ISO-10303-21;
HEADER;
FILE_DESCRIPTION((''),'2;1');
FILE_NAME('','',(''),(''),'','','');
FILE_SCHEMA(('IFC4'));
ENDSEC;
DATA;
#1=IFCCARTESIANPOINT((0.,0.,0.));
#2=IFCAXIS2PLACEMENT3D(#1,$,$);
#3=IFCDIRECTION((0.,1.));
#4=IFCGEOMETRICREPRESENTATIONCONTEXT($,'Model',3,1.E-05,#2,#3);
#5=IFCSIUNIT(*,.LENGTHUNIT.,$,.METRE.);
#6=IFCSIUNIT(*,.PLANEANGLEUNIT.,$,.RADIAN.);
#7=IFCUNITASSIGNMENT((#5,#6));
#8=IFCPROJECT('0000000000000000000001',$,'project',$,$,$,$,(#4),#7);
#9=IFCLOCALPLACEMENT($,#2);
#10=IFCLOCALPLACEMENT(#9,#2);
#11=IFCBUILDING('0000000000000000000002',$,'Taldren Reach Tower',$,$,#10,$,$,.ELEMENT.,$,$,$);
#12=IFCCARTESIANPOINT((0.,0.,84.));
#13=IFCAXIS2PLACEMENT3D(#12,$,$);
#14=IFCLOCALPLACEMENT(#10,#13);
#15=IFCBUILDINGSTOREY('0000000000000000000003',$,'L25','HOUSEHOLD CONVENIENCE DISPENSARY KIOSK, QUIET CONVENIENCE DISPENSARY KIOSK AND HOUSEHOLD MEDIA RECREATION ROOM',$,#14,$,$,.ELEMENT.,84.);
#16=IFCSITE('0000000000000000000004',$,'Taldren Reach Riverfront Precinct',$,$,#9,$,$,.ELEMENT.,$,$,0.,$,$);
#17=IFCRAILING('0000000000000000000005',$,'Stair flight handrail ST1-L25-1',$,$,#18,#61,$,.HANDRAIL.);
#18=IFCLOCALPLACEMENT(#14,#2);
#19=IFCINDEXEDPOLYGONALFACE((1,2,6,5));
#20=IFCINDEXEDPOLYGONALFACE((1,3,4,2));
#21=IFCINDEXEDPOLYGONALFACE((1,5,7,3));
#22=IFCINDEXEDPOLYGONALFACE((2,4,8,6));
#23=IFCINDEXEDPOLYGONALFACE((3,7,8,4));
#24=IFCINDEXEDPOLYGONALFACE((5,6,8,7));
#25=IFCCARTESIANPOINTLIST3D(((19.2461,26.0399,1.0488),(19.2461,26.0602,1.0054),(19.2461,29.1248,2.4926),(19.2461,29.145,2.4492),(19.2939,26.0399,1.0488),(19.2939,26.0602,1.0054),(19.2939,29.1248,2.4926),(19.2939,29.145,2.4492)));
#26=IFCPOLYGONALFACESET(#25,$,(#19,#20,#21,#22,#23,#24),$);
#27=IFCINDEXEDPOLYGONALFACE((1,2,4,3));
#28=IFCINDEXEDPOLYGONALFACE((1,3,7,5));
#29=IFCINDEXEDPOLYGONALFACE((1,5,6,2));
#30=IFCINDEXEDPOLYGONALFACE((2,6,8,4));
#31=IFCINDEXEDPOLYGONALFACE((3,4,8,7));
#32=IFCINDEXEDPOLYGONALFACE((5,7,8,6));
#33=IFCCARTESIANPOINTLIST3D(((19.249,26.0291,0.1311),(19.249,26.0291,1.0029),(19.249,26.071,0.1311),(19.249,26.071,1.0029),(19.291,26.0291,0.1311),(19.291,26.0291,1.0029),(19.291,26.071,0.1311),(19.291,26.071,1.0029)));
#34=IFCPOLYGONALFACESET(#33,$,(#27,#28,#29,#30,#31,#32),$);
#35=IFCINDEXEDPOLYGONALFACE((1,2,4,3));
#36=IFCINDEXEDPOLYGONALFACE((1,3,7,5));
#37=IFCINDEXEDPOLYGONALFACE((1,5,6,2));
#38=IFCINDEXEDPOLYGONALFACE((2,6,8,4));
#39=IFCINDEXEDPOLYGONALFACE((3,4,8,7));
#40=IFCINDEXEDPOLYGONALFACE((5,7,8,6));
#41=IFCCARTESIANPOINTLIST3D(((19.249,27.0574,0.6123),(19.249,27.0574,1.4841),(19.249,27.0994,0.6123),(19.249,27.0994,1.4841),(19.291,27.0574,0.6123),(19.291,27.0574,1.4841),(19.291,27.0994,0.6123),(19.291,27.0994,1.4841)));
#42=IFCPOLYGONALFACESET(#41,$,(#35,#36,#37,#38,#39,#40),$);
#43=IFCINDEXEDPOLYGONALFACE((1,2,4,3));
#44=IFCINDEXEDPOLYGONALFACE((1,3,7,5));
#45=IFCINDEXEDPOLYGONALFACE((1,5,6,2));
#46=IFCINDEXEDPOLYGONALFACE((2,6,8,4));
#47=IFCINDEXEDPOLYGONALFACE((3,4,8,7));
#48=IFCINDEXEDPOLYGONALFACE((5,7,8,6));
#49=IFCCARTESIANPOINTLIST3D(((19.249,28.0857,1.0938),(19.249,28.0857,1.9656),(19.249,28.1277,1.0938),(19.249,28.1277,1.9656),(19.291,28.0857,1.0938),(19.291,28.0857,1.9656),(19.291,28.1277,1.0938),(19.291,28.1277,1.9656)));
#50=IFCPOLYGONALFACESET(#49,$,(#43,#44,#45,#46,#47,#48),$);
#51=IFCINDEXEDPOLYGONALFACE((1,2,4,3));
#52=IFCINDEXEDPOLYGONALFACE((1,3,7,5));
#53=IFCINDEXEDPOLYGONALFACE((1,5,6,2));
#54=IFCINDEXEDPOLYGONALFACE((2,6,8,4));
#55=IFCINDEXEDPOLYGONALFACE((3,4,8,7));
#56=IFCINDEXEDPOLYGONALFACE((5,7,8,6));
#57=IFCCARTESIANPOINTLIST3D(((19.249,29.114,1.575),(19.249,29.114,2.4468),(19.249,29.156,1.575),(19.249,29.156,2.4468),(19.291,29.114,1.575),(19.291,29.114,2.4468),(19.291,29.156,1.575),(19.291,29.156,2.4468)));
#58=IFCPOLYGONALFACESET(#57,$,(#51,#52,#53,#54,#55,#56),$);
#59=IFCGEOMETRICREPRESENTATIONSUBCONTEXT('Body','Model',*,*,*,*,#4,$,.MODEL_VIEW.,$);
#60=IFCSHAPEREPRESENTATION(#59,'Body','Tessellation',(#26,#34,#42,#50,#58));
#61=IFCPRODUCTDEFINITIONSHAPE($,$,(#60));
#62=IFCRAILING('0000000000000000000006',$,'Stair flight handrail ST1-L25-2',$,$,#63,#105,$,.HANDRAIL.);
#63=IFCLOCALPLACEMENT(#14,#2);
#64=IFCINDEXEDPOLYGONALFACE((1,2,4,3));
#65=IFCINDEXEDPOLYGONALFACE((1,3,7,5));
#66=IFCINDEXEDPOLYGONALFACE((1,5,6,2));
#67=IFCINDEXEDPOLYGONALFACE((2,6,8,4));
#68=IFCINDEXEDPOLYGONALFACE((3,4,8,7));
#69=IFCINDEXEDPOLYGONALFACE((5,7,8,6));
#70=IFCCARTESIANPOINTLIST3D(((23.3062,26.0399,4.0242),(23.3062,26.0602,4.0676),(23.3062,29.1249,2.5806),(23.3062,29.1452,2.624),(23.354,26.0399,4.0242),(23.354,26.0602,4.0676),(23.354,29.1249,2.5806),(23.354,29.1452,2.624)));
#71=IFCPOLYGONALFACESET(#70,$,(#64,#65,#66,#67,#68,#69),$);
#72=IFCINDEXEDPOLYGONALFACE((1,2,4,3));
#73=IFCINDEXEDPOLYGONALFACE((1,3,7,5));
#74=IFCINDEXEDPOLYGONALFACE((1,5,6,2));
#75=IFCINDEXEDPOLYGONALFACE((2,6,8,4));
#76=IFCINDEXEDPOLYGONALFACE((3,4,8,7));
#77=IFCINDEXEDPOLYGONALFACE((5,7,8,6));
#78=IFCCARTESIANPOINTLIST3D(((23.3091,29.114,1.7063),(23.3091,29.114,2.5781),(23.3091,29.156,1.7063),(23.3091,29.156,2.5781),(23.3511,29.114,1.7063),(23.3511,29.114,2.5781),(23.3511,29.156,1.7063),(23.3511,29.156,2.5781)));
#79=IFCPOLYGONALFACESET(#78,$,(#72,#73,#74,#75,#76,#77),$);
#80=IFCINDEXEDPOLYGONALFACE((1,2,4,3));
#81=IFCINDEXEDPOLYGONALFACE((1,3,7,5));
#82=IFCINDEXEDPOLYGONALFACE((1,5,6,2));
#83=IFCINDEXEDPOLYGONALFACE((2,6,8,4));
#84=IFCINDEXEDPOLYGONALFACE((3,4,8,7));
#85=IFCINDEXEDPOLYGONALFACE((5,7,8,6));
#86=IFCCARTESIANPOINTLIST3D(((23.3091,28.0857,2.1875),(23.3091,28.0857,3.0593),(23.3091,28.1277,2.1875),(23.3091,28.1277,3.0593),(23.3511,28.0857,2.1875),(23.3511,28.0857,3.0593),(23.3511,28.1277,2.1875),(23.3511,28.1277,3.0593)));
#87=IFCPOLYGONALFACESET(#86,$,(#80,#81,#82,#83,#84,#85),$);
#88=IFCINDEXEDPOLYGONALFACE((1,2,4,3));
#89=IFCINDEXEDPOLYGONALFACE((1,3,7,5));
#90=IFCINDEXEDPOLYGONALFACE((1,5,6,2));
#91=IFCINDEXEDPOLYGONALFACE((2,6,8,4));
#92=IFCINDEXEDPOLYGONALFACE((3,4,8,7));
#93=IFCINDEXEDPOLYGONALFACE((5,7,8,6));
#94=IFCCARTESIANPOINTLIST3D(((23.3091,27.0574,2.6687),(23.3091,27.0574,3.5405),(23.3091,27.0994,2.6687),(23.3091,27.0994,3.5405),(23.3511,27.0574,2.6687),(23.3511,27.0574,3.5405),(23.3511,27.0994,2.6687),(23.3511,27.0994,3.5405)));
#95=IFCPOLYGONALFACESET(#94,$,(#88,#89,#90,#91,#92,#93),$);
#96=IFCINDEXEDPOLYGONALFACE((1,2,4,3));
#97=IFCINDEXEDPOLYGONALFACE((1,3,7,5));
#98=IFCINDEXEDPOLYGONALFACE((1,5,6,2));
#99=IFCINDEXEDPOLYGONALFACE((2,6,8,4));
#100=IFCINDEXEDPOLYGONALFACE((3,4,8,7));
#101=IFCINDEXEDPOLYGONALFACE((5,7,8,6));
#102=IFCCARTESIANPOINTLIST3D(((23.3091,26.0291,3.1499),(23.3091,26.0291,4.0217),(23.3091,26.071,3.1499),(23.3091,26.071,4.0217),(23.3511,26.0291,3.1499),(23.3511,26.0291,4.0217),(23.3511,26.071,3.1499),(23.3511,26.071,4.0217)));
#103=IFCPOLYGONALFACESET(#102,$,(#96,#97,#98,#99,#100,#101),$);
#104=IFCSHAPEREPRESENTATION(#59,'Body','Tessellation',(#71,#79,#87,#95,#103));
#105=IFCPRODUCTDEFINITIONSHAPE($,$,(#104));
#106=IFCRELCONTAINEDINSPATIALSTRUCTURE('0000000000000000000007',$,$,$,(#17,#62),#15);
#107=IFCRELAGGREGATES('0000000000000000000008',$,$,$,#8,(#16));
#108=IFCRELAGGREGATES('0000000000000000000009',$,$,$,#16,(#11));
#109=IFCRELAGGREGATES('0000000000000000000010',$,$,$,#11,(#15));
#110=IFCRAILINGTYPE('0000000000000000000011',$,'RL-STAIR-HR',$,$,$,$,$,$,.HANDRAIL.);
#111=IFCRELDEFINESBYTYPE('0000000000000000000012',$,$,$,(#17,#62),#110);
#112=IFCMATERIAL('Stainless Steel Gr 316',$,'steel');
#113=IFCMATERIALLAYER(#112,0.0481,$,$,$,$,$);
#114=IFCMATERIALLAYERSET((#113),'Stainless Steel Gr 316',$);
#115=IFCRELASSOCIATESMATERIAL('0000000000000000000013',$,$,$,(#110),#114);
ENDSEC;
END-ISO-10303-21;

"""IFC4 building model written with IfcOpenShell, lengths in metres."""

from ifc_helpers import new_model, si_unit, direction, frame, origin, origin_2d, place, context, subcontext, project, spatial, rectangle, extrude, material, layer, layer_set, type_object, element, save


model = new_model("IFC4")

# Units and contexts
model_context = context("Model", 3, precision=1e-05, world=origin(), true_north=direction((0.0, 1.0)))
body_context = subcontext(model_context, "Body", "Model", "MODEL_VIEW")
ifc_project = project(units=[si_unit("LENGTHUNIT", "METRE"), si_unit("PLANEANGLEUNIT", "RADIAN")], contexts=[model_context])

# Site, building, storey
site_placement = place(None, origin())
site = spatial("IfcSite", under=ifc_project, at=site_placement, Name="Taldren Reach Riverfront Precinct", CompositionType="ELEMENT", RefElevation=0.0)
building_placement = place(site_placement, origin())
building = spatial("IfcBuilding", under=site, at=building_placement, Name="Taldren Reach Tower", CompositionType="ELEMENT")
storey_placement = place(building_placement, frame((0.0, 0.0, 84.0)))
storey = spatial("IfcBuildingStorey", under=building, at=storey_placement, Name="L25", Description="HOUSEHOLD CONVENIENCE DISPENSARY KIOSK, QUIET CONVENIENCE DISPENSARY KIOSK AND HOUSEHOLD MEDIA RECREATION ROOM", CompositionType="ELEMENT", Elevation=84.0)

# Railings
ifc_material_1 = material(Name="Stainless Steel Gr 316", Category="steel")
ifc_layer_1 = layer(ifc_material_1, 0.0481)
ifc_layer_set_1 = layer_set([ifc_layer_1], Name="Stainless Steel Gr 316")
railing_type_1 = type_object("IfcRailingType", Name="RL-STAIR-HR", PredefinedType="HANDRAIL", material=ifc_layer_set_1)
railing_1_placement = place(storey_placement, frame((19.27, 26.05, 0.1311)))
element("IfcRailing", 1, at=railing_1_placement, inside=storey, type_object=railing_type_1, Name="Stair flight handrail ST1-L25-1", PredefinedType="HANDRAIL", context=body_context, shape_type="SweptSolid", body=[
    extrude(rectangle(XDim=0.0479, YDim=0.0479, at=origin_2d()), frame((0.0, 0.0, 0.896), z_axis=(0.0, 0.90571, 0.423898), x_axis=(-1.0, 0.0, 0.0)), (0.0, 0.0, 1.0), 3.406),
    extrude(rectangle(XDim=0.042, YDim=0.042, at=origin_2d()), origin(), (0.0, 0.0, 1.0), 0.8718),
    extrude(rectangle(XDim=0.042, YDim=0.042, at=origin_2d()), frame((0.0, 1.0283, 0.4812)), (0.0, 0.0, 1.0), 0.8718),
    extrude(rectangle(XDim=0.042, YDim=0.042, at=origin_2d()), frame((0.0, 2.0566, 0.9626)), (0.0, 0.0, 1.0), 0.8718),
    extrude(rectangle(XDim=0.042, YDim=0.042, at=origin_2d()), frame((0.0, 3.085, 1.4438)), (0.0, 0.0, 1.0), 0.8718),
])
railing_2_placement = place(storey_placement, frame((23.3301, 29.135, 1.7063)))
element("IfcRailing", 2, at=railing_2_placement, inside=storey, type_object=railing_type_1, Name="Stair flight handrail ST1-L25-2", PredefinedType="HANDRAIL", context=body_context, shape_type="SweptSolid", body=[
    extrude(rectangle(XDim=0.0479, YDim=0.0479, at=origin_2d()), frame((0.0, 0.0, 0.896), z_axis=(0.0, -0.905738, 0.423839), x_axis=(1.0, 0.0, 0.0)), (0.0, 0.0, 1.0), 3.406),
    extrude(rectangle(XDim=0.042, YDim=0.042, at=origin_2d()), origin(), (0.0, 0.0, 1.0), 0.8718),
    extrude(rectangle(XDim=0.042, YDim=0.042, at=origin_2d()), frame((0.0, -1.0283, 0.4812)), (0.0, 0.0, 1.0), 0.8718),
    extrude(rectangle(XDim=0.042, YDim=0.042, at=origin_2d()), frame((0.0, -2.0566, 0.9624)), (0.0, 0.0, 1.0), 0.8718),
    extrude(rectangle(XDim=0.042, YDim=0.042, at=origin_2d()), frame((0.0, -3.085, 1.4436)), (0.0, 0.0, 1.0), 0.8718),
])

save(model, "model.ifc")
